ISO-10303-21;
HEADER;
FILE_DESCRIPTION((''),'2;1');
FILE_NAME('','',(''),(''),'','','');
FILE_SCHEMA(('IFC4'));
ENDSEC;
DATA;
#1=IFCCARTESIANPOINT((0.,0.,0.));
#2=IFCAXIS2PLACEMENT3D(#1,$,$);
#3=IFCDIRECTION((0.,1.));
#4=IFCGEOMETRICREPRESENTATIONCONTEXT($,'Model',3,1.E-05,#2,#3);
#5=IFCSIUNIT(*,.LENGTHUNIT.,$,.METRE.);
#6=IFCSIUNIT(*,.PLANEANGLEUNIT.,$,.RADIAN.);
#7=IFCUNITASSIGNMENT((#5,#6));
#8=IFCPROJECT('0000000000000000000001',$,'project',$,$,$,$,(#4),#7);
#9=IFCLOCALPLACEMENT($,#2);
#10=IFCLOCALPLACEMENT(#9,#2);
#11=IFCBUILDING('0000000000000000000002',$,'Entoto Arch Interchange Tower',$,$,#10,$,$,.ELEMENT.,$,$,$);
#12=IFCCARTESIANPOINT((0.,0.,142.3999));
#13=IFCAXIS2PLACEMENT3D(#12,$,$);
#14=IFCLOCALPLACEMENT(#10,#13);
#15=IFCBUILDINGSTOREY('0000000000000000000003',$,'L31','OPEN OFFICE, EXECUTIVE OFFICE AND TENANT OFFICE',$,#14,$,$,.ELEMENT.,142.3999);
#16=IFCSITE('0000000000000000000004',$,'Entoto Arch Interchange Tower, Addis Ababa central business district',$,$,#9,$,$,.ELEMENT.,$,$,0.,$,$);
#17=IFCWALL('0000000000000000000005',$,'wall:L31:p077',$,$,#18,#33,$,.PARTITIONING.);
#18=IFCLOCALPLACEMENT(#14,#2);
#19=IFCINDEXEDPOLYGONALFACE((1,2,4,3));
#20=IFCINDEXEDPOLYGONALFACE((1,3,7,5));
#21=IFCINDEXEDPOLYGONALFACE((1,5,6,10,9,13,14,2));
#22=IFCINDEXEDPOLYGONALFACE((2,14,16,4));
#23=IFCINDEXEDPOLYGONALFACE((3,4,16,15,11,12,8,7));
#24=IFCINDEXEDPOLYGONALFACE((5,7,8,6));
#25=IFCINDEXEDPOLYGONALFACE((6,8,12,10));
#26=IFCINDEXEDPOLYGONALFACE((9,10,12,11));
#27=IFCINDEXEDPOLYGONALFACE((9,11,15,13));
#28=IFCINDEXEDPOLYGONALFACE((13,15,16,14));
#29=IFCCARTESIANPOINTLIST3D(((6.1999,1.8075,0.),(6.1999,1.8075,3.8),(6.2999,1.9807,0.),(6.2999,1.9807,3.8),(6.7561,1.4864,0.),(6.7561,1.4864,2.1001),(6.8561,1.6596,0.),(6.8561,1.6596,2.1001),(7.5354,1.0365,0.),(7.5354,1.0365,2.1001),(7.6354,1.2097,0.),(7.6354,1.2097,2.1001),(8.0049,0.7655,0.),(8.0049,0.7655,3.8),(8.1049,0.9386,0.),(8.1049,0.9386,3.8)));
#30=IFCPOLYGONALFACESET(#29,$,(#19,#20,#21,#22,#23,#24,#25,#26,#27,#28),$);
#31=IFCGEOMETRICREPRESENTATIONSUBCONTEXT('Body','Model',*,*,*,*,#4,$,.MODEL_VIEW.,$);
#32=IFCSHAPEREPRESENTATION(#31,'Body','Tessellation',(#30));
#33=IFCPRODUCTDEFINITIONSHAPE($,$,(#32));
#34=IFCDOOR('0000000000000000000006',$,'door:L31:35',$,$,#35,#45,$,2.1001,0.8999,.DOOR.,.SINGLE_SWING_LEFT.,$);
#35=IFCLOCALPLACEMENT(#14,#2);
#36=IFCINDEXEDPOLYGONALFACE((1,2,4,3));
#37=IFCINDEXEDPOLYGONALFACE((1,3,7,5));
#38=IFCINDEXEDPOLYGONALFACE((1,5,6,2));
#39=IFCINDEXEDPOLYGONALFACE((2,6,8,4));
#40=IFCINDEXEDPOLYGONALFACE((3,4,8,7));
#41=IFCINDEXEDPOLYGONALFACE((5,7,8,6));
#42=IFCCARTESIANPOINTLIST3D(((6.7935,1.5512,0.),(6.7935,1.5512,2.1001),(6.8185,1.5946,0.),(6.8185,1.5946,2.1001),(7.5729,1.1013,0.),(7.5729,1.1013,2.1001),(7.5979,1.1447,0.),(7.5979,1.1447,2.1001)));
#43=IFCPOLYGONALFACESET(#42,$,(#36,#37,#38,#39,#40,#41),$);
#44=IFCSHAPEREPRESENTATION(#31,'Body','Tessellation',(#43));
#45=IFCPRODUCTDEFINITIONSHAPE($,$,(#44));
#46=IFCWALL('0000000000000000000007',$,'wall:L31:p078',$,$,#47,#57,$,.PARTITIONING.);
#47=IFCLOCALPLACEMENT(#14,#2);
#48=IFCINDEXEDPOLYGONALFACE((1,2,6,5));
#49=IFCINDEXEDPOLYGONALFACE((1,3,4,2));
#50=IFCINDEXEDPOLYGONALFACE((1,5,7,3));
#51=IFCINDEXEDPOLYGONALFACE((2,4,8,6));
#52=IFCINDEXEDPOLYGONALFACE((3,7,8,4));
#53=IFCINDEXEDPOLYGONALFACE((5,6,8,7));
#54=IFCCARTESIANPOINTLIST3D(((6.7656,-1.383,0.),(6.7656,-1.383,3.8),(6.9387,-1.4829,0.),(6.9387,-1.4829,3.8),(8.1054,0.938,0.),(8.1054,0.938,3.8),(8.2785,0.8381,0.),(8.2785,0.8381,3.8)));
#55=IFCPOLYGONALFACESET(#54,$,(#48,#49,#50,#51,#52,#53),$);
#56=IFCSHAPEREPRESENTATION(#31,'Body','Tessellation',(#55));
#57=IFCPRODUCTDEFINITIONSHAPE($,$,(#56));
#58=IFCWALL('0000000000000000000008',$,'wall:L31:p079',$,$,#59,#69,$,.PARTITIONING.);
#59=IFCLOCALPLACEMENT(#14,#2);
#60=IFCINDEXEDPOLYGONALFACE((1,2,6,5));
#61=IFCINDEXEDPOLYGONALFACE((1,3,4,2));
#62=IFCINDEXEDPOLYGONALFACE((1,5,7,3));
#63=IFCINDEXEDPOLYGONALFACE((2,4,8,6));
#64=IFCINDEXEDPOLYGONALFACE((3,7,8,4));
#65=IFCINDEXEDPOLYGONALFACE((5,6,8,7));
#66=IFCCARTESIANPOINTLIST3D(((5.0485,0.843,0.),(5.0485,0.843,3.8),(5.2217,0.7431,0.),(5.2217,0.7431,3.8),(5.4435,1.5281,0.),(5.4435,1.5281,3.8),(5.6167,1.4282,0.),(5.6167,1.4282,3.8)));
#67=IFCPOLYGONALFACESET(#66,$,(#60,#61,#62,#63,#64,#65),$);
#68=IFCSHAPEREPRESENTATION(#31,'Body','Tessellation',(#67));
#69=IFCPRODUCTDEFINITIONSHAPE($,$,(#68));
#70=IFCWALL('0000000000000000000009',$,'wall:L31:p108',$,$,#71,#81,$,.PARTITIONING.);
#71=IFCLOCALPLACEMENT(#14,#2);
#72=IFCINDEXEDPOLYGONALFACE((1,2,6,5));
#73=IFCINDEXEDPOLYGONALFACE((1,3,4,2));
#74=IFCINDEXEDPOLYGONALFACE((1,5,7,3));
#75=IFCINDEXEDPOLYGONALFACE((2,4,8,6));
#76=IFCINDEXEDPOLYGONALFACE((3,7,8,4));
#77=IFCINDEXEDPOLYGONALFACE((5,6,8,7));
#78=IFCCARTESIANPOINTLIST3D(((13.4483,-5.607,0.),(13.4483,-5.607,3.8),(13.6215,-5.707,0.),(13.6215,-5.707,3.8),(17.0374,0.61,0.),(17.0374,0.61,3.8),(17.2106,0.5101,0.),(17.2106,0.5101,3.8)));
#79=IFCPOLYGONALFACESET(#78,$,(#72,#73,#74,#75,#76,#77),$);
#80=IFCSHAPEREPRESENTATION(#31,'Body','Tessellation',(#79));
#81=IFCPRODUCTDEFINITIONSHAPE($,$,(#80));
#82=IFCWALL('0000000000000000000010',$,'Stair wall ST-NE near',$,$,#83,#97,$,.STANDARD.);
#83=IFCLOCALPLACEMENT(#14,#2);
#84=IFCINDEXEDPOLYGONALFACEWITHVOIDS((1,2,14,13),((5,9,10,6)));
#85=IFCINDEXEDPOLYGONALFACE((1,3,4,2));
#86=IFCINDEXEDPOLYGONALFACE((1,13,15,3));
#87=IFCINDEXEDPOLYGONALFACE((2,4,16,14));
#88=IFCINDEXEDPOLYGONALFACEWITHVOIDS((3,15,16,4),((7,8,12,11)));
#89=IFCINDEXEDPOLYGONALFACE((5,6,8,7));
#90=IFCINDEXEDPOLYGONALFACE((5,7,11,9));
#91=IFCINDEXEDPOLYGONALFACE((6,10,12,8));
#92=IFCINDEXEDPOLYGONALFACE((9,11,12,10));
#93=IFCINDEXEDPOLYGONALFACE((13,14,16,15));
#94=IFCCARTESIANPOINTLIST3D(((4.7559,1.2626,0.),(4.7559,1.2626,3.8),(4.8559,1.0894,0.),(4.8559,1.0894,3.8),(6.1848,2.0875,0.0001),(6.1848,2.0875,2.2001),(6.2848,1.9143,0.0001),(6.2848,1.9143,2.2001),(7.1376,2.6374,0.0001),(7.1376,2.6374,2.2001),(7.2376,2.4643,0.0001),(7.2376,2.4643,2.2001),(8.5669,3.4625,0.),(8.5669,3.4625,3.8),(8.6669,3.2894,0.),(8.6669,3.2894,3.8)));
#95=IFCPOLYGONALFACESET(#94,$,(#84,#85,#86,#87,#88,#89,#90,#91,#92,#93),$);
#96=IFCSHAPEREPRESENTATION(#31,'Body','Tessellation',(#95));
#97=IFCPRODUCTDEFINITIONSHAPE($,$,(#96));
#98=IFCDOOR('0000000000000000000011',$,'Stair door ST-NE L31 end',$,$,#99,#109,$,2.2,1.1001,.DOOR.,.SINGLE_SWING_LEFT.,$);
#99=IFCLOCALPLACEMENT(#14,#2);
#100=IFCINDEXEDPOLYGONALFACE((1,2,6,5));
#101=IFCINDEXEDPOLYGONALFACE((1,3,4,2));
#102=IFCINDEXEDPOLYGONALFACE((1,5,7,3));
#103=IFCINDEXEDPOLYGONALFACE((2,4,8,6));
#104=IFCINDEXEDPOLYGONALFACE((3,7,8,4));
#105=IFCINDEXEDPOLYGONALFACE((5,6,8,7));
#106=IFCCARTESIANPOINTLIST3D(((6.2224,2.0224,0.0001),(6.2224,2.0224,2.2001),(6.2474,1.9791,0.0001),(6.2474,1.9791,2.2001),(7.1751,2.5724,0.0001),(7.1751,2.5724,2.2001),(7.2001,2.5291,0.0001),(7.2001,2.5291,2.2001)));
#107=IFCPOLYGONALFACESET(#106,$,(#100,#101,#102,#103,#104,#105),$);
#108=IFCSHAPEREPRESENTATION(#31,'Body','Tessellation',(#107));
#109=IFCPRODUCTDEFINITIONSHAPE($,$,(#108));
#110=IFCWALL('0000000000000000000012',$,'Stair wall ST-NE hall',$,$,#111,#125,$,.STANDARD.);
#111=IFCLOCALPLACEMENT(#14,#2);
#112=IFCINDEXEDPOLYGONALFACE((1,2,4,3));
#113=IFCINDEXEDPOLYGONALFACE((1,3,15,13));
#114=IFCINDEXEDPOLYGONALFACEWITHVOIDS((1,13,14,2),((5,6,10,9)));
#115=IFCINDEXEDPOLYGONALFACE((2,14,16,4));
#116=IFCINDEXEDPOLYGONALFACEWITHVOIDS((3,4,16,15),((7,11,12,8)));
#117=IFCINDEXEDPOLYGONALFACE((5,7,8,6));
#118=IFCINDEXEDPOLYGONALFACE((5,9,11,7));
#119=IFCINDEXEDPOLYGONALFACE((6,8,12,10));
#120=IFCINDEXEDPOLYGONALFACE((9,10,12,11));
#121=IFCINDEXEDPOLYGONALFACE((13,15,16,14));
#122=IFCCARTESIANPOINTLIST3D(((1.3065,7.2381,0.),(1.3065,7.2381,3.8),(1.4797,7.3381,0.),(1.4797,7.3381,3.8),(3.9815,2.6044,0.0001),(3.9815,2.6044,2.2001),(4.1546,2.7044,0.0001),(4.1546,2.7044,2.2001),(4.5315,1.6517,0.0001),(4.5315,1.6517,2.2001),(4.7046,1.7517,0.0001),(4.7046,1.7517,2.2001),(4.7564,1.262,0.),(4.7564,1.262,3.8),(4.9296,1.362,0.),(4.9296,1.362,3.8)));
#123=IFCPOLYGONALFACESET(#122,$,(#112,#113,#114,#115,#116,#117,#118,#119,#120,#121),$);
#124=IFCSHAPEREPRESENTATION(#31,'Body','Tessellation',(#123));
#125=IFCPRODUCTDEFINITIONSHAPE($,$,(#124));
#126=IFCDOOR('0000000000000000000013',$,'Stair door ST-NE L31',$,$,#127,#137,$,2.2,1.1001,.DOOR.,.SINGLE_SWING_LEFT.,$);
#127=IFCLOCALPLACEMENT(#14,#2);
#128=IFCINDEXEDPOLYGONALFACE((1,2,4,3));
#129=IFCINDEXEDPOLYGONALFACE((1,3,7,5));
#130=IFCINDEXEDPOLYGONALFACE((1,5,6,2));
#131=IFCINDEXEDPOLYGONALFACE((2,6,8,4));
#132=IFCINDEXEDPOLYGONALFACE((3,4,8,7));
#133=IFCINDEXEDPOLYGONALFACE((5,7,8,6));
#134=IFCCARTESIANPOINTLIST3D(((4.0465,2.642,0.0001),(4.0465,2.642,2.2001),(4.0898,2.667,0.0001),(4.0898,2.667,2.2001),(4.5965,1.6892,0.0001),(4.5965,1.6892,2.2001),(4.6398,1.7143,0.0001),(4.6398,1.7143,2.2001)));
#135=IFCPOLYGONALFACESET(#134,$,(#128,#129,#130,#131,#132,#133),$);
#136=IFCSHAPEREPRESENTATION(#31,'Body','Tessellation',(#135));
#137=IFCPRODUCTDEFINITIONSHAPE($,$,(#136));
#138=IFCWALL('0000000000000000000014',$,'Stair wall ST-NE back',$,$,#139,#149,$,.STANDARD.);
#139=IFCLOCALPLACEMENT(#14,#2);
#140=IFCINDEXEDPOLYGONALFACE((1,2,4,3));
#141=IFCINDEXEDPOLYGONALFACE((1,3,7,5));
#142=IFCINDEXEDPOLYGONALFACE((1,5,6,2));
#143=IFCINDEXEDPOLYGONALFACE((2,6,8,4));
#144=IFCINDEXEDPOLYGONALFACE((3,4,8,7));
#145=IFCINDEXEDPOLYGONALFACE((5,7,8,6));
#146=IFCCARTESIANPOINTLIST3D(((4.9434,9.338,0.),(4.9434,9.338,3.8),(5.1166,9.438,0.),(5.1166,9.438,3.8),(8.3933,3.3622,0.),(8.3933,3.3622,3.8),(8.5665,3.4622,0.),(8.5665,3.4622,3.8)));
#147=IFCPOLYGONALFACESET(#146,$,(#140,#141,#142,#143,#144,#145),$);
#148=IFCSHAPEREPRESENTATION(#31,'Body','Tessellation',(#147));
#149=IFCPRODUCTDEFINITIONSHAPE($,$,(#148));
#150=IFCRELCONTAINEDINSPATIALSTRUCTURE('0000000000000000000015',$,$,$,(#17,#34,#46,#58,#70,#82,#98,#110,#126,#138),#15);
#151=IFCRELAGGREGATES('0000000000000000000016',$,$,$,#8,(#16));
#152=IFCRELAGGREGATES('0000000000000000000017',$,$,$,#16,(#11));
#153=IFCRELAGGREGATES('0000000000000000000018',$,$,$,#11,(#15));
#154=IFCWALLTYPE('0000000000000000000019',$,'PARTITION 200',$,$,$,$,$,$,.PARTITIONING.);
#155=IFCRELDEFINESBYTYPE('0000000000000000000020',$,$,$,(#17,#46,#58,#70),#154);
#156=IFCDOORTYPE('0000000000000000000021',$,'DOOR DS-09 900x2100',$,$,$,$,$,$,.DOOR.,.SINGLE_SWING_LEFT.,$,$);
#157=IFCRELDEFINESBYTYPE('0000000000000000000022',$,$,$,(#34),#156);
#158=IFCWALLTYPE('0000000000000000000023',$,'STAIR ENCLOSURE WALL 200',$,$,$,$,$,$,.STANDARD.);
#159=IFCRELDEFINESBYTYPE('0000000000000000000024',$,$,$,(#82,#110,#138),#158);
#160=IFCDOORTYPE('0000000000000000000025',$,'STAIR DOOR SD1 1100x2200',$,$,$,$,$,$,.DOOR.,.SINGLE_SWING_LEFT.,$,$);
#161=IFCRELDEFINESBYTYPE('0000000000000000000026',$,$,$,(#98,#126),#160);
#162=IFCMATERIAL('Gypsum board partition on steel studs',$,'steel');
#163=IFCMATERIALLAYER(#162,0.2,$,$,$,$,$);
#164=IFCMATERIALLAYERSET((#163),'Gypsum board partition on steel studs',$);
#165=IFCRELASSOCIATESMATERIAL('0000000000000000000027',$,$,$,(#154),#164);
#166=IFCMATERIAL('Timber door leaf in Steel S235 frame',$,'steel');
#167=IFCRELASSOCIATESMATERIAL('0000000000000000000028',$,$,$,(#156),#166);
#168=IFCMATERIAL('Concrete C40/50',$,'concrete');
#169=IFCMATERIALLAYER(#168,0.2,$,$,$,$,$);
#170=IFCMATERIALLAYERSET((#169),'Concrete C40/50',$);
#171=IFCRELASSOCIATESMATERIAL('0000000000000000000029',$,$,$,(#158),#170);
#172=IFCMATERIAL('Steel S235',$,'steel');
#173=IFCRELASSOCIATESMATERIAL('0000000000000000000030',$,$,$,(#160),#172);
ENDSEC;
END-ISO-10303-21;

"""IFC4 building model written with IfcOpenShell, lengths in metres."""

from ifc_helpers import new_model, si_unit, direction, frame, frame_2d, origin, place, context, subcontext, project, spatial, rectangle, extrude, material, layer, layer_set, type_object, element, fill, save


model = new_model("IFC4")

# Units and contexts
model_context = context("Model", 3, precision=1e-05, world=origin(), true_north=direction((0.0, 1.0)))
body_context = subcontext(model_context, "Body", "Model", "MODEL_VIEW")
ifc_project = project(units=[si_unit("LENGTHUNIT", "METRE"), si_unit("PLANEANGLEUNIT", "RADIAN")], contexts=[model_context])

# Site, building, storey
site_placement = place(None, origin())
site = spatial("IfcSite", under=ifc_project, at=site_placement, Name="Entoto Arch Interchange Tower, Addis Ababa central business district", CompositionType="ELEMENT", RefElevation=0.0)
building_placement = place(site_placement, origin())
building = spatial("IfcBuilding", under=site, at=building_placement, Name="Entoto Arch Interchange Tower", CompositionType="ELEMENT")
storey_placement = place(building_placement, frame((0.0, 0.0, 142.3999)))
storey = spatial("IfcBuildingStorey", under=building, at=storey_placement, Name="L31", Description="OPEN OFFICE, EXECUTIVE OFFICE AND TENANT OFFICE", CompositionType="ELEMENT", Elevation=142.3999)

# Shared definitions
ifc_material_1 = material(Name="Concrete C40/50", Category="concrete")

# Shared definitions
ifc_material_2 = material(Name="Gypsum board partition on steel studs", Category="steel")
ifc_layer_1 = layer(ifc_material_2, 0.2)
ifc_layer_set_1 = layer_set([ifc_layer_1], Name="Gypsum board partition on steel studs")
wall_type_1 = type_object("IfcWallType", Name="PARTITION 200", PredefinedType="PARTITIONING", material=ifc_layer_set_1)

# Shared definitions
ifc_material_3 = material(Name="Timber door leaf in Steel S235 frame", Category="steel")

# Wall, opening, door
wall_1_placement = place(storey_placement, frame((6.25, 1.894, 0.0), z_axis=(0.0, 0.0, 1.0), x_axis=(0.866043, -0.499969, 0.0)))
wall_1 = element("IfcWall", 1, at=wall_1_placement, inside=storey, type_object=wall_type_1, Name="wall:L31:p077", PredefinedType="PARTITIONING", context=body_context, shape_type="SweptSolid", body=[
    extrude(rectangle(XDim=2.0842, YDim=0.2, at=frame_2d((1.042, 0.0))), origin(), (0.0, 0.0, 1.0), 3.8),
])
opening_1_placement = place(wall_1_placement, frame((0.6421, 0.0, 0.0)))
opening_1 = element("IfcOpeningElement", 2, at=opening_1_placement, cuts=wall_1, PredefinedType="OPENING", context=body_context, shape_type="SweptSolid", body=[
    extrude(rectangle(XDim=0.8999, YDim=2.1001, at=frame_2d((0.45, 1.05))), frame((0.0, 0.1099, 0.0), z_axis=(0.0, -1.0, 0.0), x_axis=(1.0, 0.0, 0.0)), (0.0, 0.0, 1.0), 0.22),
])
door_type_1 = type_object("IfcDoorType", Name="DOOR DS-09 900x2100", OperationType="SINGLE_SWING_LEFT", PredefinedType="DOOR", material=ifc_material_3)
door_1_placement = place(opening_1_placement, origin())
door_1 = element("IfcDoor", 3, at=door_1_placement, inside=storey, type_object=door_type_1, Name="door:L31:35", OperationType="SINGLE_SWING_LEFT", OverallHeight=2.1001, OverallWidth=0.8999, PredefinedType="DOOR", context=body_context, shape_type="SweptSolid", body=[
    extrude(rectangle(XDim=0.8999, YDim=2.1001, at=frame_2d((0.45, 1.05))), frame((0.0, 0.0249, 0.0), z_axis=(0.0, -1.0, 0.0), x_axis=(1.0, 0.0, 0.0)), (0.0, 0.0, 1.0), 0.05),
])
fill(opening_1, door_1)

# Walls
wall_2_placement = place(storey_placement, frame((8.1919, 0.8879, 0.0), z_axis=(0.0, 0.0, 1.0), x_axis=(-0.499941, -0.86606, 0.0)))
element("IfcWall", 4, at=wall_2_placement, inside=storey, type_object=wall_type_1, Name="wall:L31:p078", PredefinedType="PARTITIONING", context=body_context, shape_type="SweptSolid", body=[
    extrude(rectangle(XDim=2.6799, YDim=0.2, at=frame_2d((1.3398, 0.0))), origin(), (0.0, 0.0, 1.0), 3.8),
])
wall_3_placement = place(storey_placement, frame((5.135, 0.793, 0.0), z_axis=(0.0, 0.0, 1.0), x_axis=(0.499526, 0.866299, 0.0)))
element("IfcWall", 5, at=wall_3_placement, inside=storey, type_object=wall_type_1, Name="wall:L31:p079", PredefinedType="PARTITIONING", context=body_context, shape_type="SweptSolid", body=[
    extrude(rectangle(XDim=0.7908, YDim=0.2, at=frame_2d((0.3955, 0.0))), origin(), (0.0, 0.0, 1.0), 3.8),
])
wall_4_placement = place(storey_placement, frame((17.124, 0.5601, 0.0), z_axis=(0.0, 0.0, 1.0), x_axis=(-0.499969, -0.866043, 0.0)))
element("IfcWall", 6, at=wall_4_placement, inside=storey, type_object=wall_type_1, Name="wall:L31:p108", PredefinedType="PARTITIONING", context=body_context, shape_type="SweptSolid", body=[
    extrude(rectangle(XDim=7.1787, YDim=0.2, at=frame_2d((3.5894, 0.0))), origin(), (0.0, 0.0, 1.0), 3.8),
])

# Walls, openings, doors
ifc_layer_2 = layer(ifc_material_1, 0.2)
ifc_layer_set_2 = layer_set([ifc_layer_2], Name="Concrete C40/50")
wall_type_2 = type_object("IfcWallType", Name="STAIR ENCLOSURE WALL 200", PredefinedType="STANDARD", material=ifc_layer_set_2)
wall_5_placement = place(storey_placement, frame((4.8059, 1.176, 0.0), z_axis=(0.0, 0.0, 1.0), x_axis=(0.86606, 0.49994, 0.0)))
wall_5 = element("IfcWall", 7, at=wall_5_placement, inside=storey, type_object=wall_type_2, Name="Stair wall ST-NE near", PredefinedType="STANDARD", context=body_context, shape_type="SweptSolid", body=[
    extrude(rectangle(XDim=4.4004, YDim=0.2, at=frame_2d((2.2002, 0.0))), origin(), (0.0, 0.0, 1.0), 3.8),
])
opening_2_placement = place(wall_5_placement, frame((1.6499, 0.0, 0.0)))
opening_2 = element("IfcOpeningElement", 8, at=opening_2_placement, cuts=wall_5, PredefinedType="OPENING", context=body_context, shape_type="SweptSolid", body=[
    extrude(rectangle(XDim=1.1001, YDim=2.2, at=frame_2d((0.55, 1.1001))), frame((0.0, 0.1099, 0.0), z_axis=(0.0, -1.0, 0.0), x_axis=(1.0, 0.0, 0.0)), (0.0, 0.0, 1.0), 0.22),
])
ifc_material_4 = material(Name="Steel S235", Category="steel")
door_type_2 = type_object("IfcDoorType", Name="STAIR DOOR SD1 1100x2200", OperationType="SINGLE_SWING_LEFT", PredefinedType="DOOR", material=ifc_material_4)
door_2_placement = place(opening_2_placement, origin())
door_2 = element("IfcDoor", 9, at=door_2_placement, inside=storey, type_object=door_type_2, Name="Stair door ST-NE L31 end", OperationType="SINGLE_SWING_LEFT", OverallHeight=2.2, OverallWidth=1.1001, PredefinedType="DOOR", context=body_context, shape_type="SweptSolid", body=[
    extrude(rectangle(XDim=1.1001, YDim=2.2, at=frame_2d((0.55, 1.1001))), frame((0.0, 0.0249, 0.0), z_axis=(0.0, -1.0, 0.0), x_axis=(1.0, 0.0, 0.0)), (0.0, 0.0, 1.0), 0.05),
])
fill(opening_2, door_2)
wall_6_placement = place(storey_placement, frame((4.843, 1.312, 0.0), z_axis=(0.0, 0.0, 1.0), x_axis=(-0.499963, 0.866047, 0.0)))
wall_6 = element("IfcWall", 10, at=wall_6_placement, inside=storey, type_object=wall_type_2, Name="Stair wall ST-NE hall", PredefinedType="STANDARD", context=body_context, shape_type="SweptSolid", body=[
    extrude(rectangle(XDim=6.9004, YDim=0.2, at=frame_2d((3.4502, 0.0))), origin(), (0.0, 0.0, 1.0), 3.8),
])
opening_3_placement = place(wall_6_placement, frame((0.45, 0.0, 0.0)))
opening_3 = element("IfcOpeningElement", 11, at=opening_3_placement, cuts=wall_6, PredefinedType="OPENING", context=body_context, shape_type="SweptSolid", body=[
    extrude(rectangle(XDim=1.1001, YDim=2.2, at=frame_2d((0.55, 1.1001))), frame((0.0, 0.1099, 0.0), z_axis=(0.0, -1.0, 0.0), x_axis=(1.0, 0.0, 0.0)), (0.0, 0.0, 1.0), 0.22),
])
door_3_placement = place(opening_3_placement, origin())
door_3 = element("IfcDoor", 12, at=door_3_placement, inside=storey, type_object=door_type_2, Name="Stair door ST-NE L31", OperationType="SINGLE_SWING_LEFT", OverallHeight=2.2, OverallWidth=1.1001, PredefinedType="DOOR", context=body_context, shape_type="SweptSolid", body=[
    extrude(rectangle(XDim=1.1001, YDim=2.2, at=frame_2d((0.55, 1.1001))), frame((0.0, 0.0249, 0.0), z_axis=(0.0, -1.0, 0.0), x_axis=(1.0, 0.0, 0.0)), (0.0, 0.0, 1.0), 0.05),
])
fill(opening_3, door_3)

# Wall
wall_7_placement = place(storey_placement, frame((8.48, 3.4121, 0.0), z_axis=(0.0, 0.0, 1.0), x_axis=(-0.499979, 0.866038, 0.0)))
element("IfcWall", 13, at=wall_7_placement, inside=storey, type_object=wall_type_2, Name="Stair wall ST-NE back", PredefinedType="STANDARD", context=body_context, shape_type="SweptSolid", body=[
    extrude(rectangle(XDim=6.9001, YDim=0.2, at=frame_2d((3.4502, 0.0))), origin(), (0.0, 0.0, 1.0), 3.8),
])

save(model, "model.ifc")
